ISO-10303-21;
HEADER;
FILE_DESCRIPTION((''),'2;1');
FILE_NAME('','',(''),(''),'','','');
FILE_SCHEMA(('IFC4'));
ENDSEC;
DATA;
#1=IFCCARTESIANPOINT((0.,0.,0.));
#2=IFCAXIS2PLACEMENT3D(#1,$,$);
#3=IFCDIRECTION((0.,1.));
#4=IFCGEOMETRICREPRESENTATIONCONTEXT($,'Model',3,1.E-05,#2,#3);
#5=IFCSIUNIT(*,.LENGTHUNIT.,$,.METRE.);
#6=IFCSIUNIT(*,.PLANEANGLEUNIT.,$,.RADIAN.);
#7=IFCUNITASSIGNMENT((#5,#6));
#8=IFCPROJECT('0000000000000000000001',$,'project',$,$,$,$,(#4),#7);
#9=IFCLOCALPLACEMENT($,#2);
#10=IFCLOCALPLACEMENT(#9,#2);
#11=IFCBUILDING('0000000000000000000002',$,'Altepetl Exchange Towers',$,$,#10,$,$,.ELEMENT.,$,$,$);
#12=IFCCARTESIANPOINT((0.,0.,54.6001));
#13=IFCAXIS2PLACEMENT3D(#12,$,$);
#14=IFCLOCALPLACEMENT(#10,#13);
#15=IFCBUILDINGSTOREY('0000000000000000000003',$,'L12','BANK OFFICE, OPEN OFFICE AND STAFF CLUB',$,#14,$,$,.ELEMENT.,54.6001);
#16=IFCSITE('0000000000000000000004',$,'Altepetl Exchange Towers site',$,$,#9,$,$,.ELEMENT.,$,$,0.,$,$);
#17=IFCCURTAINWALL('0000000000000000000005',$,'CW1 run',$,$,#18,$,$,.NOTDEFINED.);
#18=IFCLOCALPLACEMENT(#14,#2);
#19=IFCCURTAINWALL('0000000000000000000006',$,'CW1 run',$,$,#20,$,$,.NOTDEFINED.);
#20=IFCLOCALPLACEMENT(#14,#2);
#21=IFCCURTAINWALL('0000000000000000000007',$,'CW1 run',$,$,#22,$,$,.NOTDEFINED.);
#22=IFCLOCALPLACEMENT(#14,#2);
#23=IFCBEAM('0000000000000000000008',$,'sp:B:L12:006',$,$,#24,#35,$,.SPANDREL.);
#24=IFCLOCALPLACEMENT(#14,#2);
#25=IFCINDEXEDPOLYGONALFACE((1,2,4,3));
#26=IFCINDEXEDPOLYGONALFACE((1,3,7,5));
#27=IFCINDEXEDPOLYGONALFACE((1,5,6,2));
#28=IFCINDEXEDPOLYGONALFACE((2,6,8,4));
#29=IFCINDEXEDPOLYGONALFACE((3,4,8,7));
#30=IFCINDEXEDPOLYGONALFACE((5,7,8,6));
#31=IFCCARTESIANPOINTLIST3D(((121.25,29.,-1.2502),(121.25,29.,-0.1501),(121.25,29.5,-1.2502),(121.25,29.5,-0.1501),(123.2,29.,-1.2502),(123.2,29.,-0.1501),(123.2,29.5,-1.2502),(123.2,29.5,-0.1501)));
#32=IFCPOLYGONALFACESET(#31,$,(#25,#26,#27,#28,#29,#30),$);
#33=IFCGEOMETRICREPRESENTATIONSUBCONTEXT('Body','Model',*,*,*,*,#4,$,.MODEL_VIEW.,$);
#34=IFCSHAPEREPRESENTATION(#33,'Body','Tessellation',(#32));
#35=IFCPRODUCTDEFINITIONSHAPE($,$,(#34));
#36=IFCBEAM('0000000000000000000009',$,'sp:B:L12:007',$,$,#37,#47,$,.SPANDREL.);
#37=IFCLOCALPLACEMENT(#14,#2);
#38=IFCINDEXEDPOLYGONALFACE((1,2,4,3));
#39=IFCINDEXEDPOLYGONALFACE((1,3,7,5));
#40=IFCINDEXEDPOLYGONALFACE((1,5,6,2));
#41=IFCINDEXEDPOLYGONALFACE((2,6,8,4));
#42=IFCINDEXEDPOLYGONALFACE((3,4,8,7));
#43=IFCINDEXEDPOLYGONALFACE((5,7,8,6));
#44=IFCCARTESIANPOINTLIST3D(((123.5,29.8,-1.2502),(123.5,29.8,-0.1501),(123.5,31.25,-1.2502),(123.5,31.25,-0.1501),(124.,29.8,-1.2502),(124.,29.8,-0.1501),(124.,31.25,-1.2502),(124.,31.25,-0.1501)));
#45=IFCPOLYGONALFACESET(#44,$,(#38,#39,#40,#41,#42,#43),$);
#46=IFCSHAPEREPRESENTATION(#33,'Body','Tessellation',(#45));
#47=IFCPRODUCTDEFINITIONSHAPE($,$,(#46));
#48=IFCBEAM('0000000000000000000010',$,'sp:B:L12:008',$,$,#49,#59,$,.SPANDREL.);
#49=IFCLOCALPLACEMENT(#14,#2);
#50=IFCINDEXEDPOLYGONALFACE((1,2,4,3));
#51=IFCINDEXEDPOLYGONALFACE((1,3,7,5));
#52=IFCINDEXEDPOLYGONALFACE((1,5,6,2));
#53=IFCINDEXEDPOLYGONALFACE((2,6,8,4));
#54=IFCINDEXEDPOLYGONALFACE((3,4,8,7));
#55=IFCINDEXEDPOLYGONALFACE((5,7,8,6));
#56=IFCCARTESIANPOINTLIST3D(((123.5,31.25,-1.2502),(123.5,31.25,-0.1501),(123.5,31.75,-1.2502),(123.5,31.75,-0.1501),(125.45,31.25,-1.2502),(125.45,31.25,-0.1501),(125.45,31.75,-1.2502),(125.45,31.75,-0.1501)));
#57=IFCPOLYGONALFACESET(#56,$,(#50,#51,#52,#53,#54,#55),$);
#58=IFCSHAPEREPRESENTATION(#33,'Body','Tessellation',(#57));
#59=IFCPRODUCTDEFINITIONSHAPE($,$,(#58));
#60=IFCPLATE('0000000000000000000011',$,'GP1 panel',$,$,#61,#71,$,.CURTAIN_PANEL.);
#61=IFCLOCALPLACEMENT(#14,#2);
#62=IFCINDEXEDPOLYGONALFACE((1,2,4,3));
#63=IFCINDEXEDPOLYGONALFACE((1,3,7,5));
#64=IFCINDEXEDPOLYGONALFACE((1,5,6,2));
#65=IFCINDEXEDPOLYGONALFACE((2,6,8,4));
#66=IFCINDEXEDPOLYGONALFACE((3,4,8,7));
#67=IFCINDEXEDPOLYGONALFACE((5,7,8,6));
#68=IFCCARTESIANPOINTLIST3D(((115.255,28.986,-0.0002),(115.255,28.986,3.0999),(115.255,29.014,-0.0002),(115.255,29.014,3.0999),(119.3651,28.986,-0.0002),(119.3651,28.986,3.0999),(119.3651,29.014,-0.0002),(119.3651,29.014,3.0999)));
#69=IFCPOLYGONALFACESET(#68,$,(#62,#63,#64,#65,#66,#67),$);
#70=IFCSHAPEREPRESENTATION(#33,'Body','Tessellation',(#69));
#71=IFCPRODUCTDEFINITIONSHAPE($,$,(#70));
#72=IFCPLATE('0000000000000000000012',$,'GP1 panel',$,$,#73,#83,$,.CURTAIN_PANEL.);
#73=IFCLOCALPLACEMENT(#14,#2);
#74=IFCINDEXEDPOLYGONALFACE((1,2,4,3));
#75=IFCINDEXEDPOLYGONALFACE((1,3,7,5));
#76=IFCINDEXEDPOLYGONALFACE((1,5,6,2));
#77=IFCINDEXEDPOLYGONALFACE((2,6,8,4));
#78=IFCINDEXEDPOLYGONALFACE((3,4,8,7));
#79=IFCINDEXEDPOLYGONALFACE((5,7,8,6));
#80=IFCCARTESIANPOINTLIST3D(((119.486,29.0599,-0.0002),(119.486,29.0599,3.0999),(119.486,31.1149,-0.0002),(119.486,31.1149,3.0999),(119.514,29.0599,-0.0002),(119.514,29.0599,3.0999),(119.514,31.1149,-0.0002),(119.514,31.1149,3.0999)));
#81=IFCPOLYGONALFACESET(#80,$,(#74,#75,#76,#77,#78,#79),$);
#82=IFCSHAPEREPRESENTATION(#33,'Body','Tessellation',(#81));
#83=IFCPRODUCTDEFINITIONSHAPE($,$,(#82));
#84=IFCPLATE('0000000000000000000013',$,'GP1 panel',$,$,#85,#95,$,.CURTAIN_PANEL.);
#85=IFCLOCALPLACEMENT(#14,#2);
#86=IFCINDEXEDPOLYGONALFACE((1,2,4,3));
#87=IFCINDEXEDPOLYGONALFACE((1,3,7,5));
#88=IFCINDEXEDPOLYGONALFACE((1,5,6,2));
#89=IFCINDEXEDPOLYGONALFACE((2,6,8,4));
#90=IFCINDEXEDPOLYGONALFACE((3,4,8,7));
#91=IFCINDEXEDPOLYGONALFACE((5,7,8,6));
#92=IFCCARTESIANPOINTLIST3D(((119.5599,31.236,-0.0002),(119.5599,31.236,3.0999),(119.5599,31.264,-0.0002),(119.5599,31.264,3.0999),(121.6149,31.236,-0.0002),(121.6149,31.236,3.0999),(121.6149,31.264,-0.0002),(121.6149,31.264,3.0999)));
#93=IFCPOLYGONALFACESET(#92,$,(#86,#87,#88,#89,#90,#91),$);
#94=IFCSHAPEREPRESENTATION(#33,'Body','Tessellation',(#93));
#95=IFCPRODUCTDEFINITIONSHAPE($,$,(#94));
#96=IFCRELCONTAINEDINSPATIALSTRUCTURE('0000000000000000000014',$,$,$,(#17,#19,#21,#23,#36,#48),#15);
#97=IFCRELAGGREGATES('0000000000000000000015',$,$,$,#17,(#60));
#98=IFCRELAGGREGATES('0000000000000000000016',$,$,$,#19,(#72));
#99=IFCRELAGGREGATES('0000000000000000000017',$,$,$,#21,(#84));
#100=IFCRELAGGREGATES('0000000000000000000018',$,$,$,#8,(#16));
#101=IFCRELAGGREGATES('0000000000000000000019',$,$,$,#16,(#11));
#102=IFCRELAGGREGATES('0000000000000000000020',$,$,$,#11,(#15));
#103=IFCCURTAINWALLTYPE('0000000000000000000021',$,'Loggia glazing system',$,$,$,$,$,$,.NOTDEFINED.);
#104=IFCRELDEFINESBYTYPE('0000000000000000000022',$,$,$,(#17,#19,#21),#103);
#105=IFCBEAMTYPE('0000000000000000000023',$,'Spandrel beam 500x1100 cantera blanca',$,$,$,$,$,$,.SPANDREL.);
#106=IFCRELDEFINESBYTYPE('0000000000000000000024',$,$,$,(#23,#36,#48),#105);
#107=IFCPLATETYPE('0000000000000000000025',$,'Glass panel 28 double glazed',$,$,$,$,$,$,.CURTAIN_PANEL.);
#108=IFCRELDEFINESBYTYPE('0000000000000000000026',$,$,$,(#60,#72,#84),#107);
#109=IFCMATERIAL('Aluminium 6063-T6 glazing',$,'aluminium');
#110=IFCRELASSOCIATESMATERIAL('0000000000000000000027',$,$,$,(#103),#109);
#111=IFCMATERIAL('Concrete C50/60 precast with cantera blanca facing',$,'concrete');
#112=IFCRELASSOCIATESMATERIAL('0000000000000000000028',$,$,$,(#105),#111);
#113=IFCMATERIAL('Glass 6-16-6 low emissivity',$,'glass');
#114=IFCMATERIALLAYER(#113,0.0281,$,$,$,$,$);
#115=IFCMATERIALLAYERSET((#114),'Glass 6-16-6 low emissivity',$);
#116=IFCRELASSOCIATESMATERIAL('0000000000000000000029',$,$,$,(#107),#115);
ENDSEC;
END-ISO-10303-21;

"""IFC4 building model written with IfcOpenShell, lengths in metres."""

from ifc_helpers import new_model, si_unit, direction, frame, origin, origin_2d, place, context, subcontext, project, spatial, rectangle, extrude, material, layer, layer_set, material_profile, profile_set, type_object, element, aggregate, save


model = new_model("IFC4")

# Units and contexts
model_context = context("Model", 3, precision=1e-05, world=origin(), true_north=direction((0.0, 1.0)))
body_context = subcontext(model_context, "Body", "Model", "MODEL_VIEW")
ifc_project = project(units=[si_unit("LENGTHUNIT", "METRE"), si_unit("PLANEANGLEUNIT", "RADIAN")], contexts=[model_context])

# Site, building, storey
site_placement = place(None, origin())
site = spatial("IfcSite", under=ifc_project, at=site_placement, Name="Altepetl Exchange Towers site", CompositionType="ELEMENT", RefElevation=0.0)
building_placement = place(site_placement, origin())
building = spatial("IfcBuilding", under=site, at=building_placement, Name="Altepetl Exchange Towers", CompositionType="ELEMENT")
storey_placement = place(building_placement, frame((0.0, 0.0, 54.6001)))
storey = spatial("IfcBuildingStorey", under=building, at=storey_placement, Name="L12", Description="BANK OFFICE, OPEN OFFICE AND STAFF CLUB", CompositionType="ELEMENT", Elevation=54.6001)

# Curtain wall
ifc_material_1 = material(Name="Aluminium 6063-T6 glazing", Category="aluminium")
curtain_wall_type = type_object("IfcCurtainWallType", Name="Loggia glazing system", PredefinedType="NOTDEFINED", material=ifc_material_1)
curtain_wall_1_placement = place(storey_placement, origin())
curtain_wall_1 = element("IfcCurtainWall", 1, at=curtain_wall_1_placement, inside=storey, type_object=curtain_wall_type, Name="CW1 run", PredefinedType="NOTDEFINED")

# Curtain walls
curtain_wall_2_placement = place(storey_placement, origin())
curtain_wall_2 = element("IfcCurtainWall", 2, at=curtain_wall_2_placement, inside=storey, type_object=curtain_wall_type, Name="CW1 run", PredefinedType="NOTDEFINED")
curtain_wall_3_placement = place(storey_placement, origin())
curtain_wall_3 = element("IfcCurtainWall", 3, at=curtain_wall_3_placement, inside=storey, type_object=curtain_wall_type, Name="CW1 run", PredefinedType="NOTDEFINED")

# Beams
ifc_material_2 = material(Name="Concrete C50/60 precast with cantera blanca facing", Category="concrete")
ifc_material_profile_1 = material_profile(ifc_material_2, rectangle(XDim=0.5, YDim=1.1001, at=origin_2d()), Name="500 x 1100")
ifc_profile_set_1 = profile_set([ifc_material_profile_1], Name="Concrete C50/60 precast with cantera blanca facing")
beam_type_1 = type_object("IfcBeamType", Name="Spandrel beam 500x1100 cantera blanca", PredefinedType="SPANDREL", material=ifc_profile_set_1)
beam_1_placement = place(storey_placement, frame((121.25, 29.25, -0.7002), z_axis=(1.0, 0.0, 0.0), x_axis=(0.0, 1.0, 0.0)))
element("IfcBeam", 4, at=beam_1_placement, inside=storey, type_object=beam_type_1, Name="sp:B:L12:006", PredefinedType="SPANDREL", context=body_context, shape_type="SweptSolid", body=[
    extrude(rectangle(XDim=0.5, YDim=1.1001, at=origin_2d()), origin(), (0.0, 0.0, 1.0), 1.95),
])
beam_2_placement = place(storey_placement, frame((123.75, 29.8, -0.7002), z_axis=(0.0, 1.0, 0.0), x_axis=(-1.0, 0.0, 0.0)))
element("IfcBeam", 5, at=beam_2_placement, inside=storey, type_object=beam_type_1, Name="sp:B:L12:007", PredefinedType="SPANDREL", context=body_context, shape_type="SweptSolid", body=[
    extrude(rectangle(XDim=0.5, YDim=1.1001, at=origin_2d()), origin(), (0.0, 0.0, 1.0), 1.45),
])
beam_3_placement = place(storey_placement, frame((123.5, 31.5, -0.7002), z_axis=(1.0, 0.0, 0.0), x_axis=(0.0, 1.0, 0.0)))
element("IfcBeam", 6, at=beam_3_placement, inside=storey, type_object=beam_type_1, Name="sp:B:L12:008", PredefinedType="SPANDREL", context=body_context, shape_type="SweptSolid", body=[
    extrude(rectangle(XDim=0.5, YDim=1.1001, at=origin_2d()), origin(), (0.0, 0.0, 1.0), 1.95),
])

# Plates
ifc_material_3 = material(Name="Glass 6-16-6 low emissivity", Category="glass")
ifc_layer = layer(ifc_material_3, 0.0281)
ifc_layer_set = layer_set([ifc_layer], Name="Glass 6-16-6 low emissivity")
plate_type = type_object("IfcPlateType", Name="Glass panel 28 double glazed", PredefinedType="CURTAIN_PANEL", material=ifc_layer_set)
plate_1_placement = place(storey_placement, frame((117.3101, 29.0, -0.0002)))
plate_1 = element("IfcPlate", 7, at=plate_1_placement, type_object=plate_type, Name="GP1 panel", PredefinedType="CURTAIN_PANEL", context=body_context, shape_type="SweptSolid", body=[
    extrude(rectangle(XDim=4.1101, YDim=0.0281, at=origin_2d()), origin(), (0.0, 0.0, 1.0), 3.1001),
])
aggregate(curtain_wall_1, [plate_1])
plate_2_placement = place(storey_placement, frame((119.5, 30.0874, -0.0002), z_axis=(0.0, 0.0, 1.0), x_axis=(0.0, 1.0, 0.0)))
plate_2 = element("IfcPlate", 8, at=plate_2_placement, type_object=plate_type, Name="GP1 panel", PredefinedType="CURTAIN_PANEL", context=body_context, shape_type="SweptSolid", body=[
    extrude(rectangle(XDim=2.0549, YDim=0.0281, at=origin_2d()), origin(), (0.0, 0.0, 1.0), 3.1001),
])
aggregate(curtain_wall_2, [plate_2])
plate_3_placement = place(storey_placement, frame((120.5874, 31.25, -0.0002)))
plate_3 = element("IfcPlate", 9, at=plate_3_placement, type_object=plate_type, Name="GP1 panel", PredefinedType="CURTAIN_PANEL", context=body_context, shape_type="SweptSolid", body=[
    extrude(rectangle(XDim=2.0549, YDim=0.0281, at=origin_2d()), origin(), (0.0, 0.0, 1.0), 3.1001),
])
aggregate(curtain_wall_3, [plate_3])

save(model, "model.ifc")
